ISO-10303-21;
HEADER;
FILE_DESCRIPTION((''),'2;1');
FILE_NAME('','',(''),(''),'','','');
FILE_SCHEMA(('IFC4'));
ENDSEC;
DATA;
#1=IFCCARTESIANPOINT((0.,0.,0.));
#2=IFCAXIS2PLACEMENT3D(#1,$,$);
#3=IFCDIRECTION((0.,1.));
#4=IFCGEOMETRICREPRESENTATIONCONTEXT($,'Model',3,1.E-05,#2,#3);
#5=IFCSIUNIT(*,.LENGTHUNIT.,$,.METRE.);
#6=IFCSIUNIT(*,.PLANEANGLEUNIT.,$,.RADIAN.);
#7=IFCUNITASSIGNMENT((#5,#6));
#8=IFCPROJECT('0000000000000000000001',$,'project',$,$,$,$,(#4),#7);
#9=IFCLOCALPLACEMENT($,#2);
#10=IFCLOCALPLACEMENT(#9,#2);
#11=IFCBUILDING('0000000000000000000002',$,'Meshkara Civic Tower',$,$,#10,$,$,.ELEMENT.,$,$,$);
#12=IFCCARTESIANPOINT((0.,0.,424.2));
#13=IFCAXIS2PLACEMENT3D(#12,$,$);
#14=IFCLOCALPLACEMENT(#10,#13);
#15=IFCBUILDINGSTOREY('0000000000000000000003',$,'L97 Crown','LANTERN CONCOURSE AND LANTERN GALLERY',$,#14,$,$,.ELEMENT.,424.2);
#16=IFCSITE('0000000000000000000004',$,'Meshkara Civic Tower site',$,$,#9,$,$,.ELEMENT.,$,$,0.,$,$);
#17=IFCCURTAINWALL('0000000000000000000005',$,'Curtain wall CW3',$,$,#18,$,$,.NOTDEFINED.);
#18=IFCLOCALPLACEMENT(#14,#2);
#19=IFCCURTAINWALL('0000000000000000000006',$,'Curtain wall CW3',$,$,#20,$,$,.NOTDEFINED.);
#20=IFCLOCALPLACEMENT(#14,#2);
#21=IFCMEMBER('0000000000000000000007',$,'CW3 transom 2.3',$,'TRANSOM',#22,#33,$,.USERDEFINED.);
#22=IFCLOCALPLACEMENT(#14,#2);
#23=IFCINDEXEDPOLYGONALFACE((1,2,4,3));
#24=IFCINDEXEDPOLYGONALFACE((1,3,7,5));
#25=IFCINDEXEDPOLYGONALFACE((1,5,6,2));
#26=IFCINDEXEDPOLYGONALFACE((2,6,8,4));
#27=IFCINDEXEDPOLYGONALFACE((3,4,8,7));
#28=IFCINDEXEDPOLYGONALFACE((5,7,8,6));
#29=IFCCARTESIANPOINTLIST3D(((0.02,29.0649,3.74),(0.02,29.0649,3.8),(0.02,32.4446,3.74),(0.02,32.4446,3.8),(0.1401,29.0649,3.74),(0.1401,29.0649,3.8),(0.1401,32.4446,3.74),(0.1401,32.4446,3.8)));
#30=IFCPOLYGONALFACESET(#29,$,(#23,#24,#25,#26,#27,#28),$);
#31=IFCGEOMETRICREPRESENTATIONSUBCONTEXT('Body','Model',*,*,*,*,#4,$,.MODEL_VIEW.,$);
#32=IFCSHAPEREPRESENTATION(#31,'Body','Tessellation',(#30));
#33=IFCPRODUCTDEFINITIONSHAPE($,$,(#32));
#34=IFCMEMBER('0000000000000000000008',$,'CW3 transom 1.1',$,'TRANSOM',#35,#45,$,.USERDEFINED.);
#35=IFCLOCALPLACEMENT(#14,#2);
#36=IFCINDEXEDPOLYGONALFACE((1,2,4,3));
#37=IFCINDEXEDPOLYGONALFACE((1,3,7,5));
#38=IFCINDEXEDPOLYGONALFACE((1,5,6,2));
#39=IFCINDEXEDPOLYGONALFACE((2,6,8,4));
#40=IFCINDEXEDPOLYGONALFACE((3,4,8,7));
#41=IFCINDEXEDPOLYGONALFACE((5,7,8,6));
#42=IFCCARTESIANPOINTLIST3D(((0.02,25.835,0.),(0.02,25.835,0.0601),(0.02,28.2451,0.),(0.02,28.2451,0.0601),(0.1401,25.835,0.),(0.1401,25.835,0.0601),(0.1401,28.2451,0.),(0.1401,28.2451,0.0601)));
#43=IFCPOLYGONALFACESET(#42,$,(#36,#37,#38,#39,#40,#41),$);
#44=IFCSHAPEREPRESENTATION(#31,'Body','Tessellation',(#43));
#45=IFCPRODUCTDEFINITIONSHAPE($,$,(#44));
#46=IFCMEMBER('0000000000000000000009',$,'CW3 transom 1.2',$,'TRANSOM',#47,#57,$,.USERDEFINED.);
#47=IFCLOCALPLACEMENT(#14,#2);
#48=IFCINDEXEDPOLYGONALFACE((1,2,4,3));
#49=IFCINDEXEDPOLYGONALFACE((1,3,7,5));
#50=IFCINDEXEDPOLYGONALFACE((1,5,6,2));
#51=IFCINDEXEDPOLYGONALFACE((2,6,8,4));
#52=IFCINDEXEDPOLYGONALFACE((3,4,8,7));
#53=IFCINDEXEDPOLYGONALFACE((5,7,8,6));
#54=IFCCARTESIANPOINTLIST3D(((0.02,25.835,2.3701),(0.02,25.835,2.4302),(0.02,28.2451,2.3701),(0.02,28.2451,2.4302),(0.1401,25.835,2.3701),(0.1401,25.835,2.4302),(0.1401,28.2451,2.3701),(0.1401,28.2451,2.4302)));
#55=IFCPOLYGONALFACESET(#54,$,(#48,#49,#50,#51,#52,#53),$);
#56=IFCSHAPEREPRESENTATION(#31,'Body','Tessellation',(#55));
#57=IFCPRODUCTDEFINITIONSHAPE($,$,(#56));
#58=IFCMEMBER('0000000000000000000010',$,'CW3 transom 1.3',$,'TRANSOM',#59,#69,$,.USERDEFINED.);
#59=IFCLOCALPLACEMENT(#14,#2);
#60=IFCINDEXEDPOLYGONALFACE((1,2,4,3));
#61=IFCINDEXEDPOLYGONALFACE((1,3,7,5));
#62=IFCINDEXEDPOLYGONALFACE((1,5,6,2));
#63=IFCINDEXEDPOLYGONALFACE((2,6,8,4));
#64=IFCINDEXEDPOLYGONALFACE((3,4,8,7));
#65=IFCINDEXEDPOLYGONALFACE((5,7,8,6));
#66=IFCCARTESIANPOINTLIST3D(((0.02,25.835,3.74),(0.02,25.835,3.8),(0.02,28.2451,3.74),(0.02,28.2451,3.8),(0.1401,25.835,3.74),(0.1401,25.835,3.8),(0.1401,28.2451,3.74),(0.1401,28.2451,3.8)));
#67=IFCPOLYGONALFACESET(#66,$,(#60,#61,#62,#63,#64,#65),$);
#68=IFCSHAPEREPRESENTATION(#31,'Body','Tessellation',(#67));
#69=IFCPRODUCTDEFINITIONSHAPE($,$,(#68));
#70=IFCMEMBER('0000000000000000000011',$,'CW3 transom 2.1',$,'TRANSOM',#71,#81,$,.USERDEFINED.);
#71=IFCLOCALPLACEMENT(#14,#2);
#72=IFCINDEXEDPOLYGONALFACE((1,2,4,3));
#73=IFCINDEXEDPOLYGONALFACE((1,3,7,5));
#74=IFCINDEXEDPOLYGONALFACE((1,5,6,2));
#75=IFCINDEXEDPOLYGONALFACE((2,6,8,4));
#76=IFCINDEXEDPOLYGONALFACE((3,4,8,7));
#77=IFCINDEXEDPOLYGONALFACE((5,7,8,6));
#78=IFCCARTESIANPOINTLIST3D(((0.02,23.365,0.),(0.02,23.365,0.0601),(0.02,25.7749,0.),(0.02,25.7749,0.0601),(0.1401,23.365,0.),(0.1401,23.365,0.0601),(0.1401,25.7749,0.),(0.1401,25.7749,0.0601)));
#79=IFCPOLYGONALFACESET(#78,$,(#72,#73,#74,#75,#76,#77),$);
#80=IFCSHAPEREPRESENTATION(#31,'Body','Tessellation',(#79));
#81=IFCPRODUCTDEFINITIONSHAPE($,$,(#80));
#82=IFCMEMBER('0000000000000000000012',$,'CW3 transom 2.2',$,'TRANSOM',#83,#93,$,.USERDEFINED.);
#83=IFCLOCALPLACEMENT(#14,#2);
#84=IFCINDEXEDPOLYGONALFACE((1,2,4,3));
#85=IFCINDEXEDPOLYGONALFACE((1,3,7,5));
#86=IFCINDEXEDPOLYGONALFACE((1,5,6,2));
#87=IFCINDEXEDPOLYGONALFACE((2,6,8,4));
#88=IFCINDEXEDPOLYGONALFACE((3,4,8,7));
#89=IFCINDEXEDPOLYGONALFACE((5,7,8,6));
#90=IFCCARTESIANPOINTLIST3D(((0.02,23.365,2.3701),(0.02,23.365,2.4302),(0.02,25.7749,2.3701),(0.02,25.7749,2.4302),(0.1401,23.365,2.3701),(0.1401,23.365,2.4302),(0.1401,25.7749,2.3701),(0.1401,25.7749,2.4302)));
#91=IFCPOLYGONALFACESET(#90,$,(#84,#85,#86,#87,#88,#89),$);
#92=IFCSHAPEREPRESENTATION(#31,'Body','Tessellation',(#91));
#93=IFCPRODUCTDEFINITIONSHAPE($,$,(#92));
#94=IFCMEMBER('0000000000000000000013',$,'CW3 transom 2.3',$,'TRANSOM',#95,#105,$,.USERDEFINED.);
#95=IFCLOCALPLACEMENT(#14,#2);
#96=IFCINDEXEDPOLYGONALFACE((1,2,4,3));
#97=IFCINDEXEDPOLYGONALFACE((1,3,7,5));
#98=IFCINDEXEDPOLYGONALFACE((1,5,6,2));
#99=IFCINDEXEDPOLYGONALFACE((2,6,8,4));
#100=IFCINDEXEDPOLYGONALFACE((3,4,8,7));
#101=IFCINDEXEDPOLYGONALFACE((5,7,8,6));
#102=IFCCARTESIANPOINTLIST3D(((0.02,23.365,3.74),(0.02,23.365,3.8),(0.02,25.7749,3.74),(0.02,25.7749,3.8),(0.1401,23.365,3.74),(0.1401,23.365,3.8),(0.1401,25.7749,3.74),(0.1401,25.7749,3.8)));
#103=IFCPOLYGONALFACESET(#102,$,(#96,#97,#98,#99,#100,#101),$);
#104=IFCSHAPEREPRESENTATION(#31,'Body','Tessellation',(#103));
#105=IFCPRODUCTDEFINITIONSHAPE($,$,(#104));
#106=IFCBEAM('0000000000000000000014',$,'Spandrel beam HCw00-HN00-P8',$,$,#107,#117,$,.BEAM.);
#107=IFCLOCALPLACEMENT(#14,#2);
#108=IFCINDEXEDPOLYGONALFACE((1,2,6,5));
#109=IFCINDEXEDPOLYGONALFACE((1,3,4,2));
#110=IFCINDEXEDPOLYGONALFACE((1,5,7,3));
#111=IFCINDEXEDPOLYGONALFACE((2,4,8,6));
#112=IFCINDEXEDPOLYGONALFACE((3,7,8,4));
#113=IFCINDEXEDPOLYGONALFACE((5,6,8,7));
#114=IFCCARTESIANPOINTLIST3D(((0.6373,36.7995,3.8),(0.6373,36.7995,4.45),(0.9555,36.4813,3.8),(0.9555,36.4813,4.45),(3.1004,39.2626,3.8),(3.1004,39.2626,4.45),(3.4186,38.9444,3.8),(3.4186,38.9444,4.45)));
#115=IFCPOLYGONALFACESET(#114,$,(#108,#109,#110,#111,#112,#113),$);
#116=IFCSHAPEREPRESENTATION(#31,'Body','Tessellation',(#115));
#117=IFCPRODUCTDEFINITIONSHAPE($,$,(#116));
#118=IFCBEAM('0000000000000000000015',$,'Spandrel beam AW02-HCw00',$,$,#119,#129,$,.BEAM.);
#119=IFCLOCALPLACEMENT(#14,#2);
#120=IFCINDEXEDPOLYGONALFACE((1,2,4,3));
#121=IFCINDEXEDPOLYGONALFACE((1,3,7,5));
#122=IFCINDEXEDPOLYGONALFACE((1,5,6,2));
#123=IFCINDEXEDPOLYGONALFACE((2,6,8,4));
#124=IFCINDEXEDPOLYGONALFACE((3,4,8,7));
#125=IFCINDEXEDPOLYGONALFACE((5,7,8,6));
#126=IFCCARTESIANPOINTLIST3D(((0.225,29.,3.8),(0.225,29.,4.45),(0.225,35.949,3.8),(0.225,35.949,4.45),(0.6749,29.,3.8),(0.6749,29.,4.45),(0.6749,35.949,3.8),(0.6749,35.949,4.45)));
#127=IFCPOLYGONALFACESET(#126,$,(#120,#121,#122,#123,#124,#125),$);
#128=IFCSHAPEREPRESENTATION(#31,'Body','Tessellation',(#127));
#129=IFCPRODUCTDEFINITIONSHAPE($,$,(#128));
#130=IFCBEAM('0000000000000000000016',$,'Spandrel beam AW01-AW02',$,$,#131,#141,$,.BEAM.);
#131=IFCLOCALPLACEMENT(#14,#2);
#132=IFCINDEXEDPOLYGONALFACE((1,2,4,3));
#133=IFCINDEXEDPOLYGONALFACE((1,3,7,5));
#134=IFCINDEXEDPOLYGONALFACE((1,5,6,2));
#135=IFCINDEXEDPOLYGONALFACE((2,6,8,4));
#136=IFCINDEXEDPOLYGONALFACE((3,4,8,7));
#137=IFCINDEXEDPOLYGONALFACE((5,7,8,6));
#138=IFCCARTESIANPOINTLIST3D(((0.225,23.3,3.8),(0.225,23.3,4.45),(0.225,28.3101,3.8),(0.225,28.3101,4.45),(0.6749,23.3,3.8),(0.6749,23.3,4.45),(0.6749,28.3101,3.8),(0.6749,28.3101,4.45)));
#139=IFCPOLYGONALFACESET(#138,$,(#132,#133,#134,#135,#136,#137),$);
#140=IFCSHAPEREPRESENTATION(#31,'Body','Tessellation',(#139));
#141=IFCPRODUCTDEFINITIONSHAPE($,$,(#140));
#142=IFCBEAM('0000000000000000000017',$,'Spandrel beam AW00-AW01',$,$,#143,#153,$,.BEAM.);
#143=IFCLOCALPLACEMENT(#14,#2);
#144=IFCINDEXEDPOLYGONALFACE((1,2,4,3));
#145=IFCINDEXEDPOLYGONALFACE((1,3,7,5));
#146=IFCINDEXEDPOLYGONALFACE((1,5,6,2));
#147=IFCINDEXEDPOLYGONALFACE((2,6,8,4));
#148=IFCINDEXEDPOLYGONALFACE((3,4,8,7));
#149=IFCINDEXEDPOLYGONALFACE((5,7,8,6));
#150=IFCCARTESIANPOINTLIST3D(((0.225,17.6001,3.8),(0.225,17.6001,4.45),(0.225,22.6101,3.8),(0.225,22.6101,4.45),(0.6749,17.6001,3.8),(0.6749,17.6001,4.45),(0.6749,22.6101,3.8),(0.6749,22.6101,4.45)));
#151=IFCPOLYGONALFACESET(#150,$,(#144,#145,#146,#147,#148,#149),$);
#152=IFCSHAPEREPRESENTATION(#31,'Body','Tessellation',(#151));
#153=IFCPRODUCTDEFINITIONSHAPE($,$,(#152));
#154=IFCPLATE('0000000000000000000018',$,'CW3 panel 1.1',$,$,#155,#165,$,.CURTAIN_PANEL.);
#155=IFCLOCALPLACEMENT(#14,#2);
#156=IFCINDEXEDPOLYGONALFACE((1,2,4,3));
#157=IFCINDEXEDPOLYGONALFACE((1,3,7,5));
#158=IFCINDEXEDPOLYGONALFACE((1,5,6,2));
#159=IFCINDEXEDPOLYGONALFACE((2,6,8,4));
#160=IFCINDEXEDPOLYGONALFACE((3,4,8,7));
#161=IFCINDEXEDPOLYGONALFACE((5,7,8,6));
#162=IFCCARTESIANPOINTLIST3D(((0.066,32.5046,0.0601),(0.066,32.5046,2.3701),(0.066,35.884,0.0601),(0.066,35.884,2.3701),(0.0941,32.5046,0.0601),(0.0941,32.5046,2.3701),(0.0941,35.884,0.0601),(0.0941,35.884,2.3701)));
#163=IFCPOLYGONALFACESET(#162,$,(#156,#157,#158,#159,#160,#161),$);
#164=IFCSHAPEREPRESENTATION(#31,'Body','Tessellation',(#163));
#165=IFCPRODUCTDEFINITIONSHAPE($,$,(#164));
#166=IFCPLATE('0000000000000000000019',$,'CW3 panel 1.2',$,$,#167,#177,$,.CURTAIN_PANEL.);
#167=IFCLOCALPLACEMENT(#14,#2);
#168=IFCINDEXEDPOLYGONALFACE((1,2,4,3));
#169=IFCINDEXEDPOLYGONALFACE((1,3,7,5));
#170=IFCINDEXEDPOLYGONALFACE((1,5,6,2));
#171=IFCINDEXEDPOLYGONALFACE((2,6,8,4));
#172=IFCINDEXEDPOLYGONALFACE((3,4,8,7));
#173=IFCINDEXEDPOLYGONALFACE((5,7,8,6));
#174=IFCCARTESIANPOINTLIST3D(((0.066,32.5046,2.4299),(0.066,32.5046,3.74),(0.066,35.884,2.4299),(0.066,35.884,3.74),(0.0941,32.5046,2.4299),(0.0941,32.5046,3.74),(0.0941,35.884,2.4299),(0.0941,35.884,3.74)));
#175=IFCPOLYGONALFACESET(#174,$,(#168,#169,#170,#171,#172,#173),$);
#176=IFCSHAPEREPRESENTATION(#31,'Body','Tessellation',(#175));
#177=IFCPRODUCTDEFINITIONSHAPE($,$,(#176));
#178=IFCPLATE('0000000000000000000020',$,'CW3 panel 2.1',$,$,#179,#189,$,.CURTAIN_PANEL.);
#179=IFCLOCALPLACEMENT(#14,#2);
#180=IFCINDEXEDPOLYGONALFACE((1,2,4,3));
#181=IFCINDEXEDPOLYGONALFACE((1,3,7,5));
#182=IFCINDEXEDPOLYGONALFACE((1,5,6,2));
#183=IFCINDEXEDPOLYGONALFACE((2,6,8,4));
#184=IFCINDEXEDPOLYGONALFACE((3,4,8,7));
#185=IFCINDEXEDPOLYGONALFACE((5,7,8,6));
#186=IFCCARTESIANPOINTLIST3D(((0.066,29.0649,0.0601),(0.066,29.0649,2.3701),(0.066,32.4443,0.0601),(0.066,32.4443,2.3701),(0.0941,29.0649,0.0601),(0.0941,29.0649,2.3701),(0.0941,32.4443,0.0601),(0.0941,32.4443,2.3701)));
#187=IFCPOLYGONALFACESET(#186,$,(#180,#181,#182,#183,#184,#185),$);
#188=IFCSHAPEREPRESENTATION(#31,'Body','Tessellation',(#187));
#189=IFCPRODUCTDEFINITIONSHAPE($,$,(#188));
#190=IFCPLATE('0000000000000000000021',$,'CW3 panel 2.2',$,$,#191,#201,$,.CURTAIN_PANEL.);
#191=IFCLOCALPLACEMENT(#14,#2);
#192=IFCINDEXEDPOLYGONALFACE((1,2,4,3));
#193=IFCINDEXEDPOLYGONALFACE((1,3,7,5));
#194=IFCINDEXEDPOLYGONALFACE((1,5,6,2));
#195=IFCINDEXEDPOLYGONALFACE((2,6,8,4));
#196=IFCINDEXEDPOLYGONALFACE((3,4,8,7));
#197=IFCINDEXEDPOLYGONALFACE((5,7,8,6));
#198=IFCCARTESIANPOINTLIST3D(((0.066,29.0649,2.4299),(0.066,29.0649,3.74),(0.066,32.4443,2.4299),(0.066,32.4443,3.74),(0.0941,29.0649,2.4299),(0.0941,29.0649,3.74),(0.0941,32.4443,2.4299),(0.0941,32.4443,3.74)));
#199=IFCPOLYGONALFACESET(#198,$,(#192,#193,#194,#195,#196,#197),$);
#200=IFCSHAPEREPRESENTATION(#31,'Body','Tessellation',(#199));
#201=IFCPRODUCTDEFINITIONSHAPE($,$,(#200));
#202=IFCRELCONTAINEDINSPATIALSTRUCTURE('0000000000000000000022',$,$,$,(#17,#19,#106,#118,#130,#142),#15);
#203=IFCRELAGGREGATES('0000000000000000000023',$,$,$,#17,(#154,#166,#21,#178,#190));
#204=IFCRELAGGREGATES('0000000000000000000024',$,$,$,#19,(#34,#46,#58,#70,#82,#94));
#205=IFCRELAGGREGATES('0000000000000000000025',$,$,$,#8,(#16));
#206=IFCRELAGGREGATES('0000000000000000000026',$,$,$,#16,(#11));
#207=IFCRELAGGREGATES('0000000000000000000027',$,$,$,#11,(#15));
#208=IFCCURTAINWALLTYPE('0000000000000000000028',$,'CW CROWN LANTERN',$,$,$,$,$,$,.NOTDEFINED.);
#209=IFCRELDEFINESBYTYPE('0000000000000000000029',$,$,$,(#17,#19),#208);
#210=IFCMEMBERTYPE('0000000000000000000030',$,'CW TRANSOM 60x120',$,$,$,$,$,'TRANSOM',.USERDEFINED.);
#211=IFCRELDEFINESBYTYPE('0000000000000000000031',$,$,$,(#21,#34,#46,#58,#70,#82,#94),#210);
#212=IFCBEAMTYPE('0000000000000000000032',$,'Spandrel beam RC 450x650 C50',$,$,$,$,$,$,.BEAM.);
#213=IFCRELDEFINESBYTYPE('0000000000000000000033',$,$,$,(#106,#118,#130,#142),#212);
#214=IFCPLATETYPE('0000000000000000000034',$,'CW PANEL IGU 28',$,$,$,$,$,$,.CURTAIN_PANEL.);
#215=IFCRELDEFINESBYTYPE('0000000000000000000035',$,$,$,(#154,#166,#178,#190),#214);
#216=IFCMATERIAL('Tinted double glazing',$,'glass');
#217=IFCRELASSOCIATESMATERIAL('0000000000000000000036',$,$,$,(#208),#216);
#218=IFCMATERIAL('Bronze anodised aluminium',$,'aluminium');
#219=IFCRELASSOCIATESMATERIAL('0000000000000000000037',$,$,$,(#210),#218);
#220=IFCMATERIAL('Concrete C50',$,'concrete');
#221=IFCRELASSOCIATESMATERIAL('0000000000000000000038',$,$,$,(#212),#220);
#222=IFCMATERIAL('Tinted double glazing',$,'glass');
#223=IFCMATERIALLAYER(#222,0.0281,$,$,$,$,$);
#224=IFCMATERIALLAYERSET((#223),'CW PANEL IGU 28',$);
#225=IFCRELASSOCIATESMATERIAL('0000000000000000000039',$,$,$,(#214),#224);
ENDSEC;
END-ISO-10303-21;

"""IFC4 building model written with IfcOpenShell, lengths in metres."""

from ifc_helpers import new_model, si_unit, direction, frame, origin, origin_2d, place, context, subcontext, project, spatial, rectangle, extrude, material, layer, layer_set, material_profile, profile_set, type_object, element, aggregate, save


model = new_model("IFC4")

# Units and contexts
model_context = context("Model", 3, precision=1e-05, world=origin(), true_north=direction((0.0, 1.0)))
body_context = subcontext(model_context, "Body", "Model", "MODEL_VIEW")
ifc_project = project(units=[si_unit("LENGTHUNIT", "METRE"), si_unit("PLANEANGLEUNIT", "RADIAN")], contexts=[model_context])

# Site, building, storey
site_placement = place(None, origin())
site = spatial("IfcSite", under=ifc_project, at=site_placement, Name="Meshkara Civic Tower site", CompositionType="ELEMENT", RefElevation=0.0)
building_placement = place(site_placement, origin())
building = spatial("IfcBuilding", under=site, at=building_placement, Name="Meshkara Civic Tower", CompositionType="ELEMENT")
storey_placement = place(building_placement, frame((0.0, 0.0, 424.2)))
storey = spatial("IfcBuildingStorey", under=building, at=storey_placement, Name="L97 Crown", Description="LANTERN CONCOURSE AND LANTERN GALLERY", CompositionType="ELEMENT", Elevation=424.2)

# Curtain walls
ifc_material_1 = material(Name="Tinted double glazing", Category="glass")
curtain_wall_type = type_object("IfcCurtainWallType", Name="CW CROWN LANTERN", PredefinedType="NOTDEFINED", material=ifc_material_1)
curtain_wall_1_placement = place(storey_placement, origin())
curtain_wall_1 = element("IfcCurtainWall", 1, at=curtain_wall_1_placement, inside=storey, type_object=curtain_wall_type, Name="Curtain wall CW3", PredefinedType="NOTDEFINED")
curtain_wall_2_placement = place(storey_placement, origin())
curtain_wall_2 = element("IfcCurtainWall", 2, at=curtain_wall_2_placement, inside=storey, type_object=curtain_wall_type, Name="Curtain wall CW3", PredefinedType="NOTDEFINED")

# Members
ifc_material_2 = material(Name="Bronze anodised aluminium", Category="aluminium")
ifc_material_profile_1 = material_profile(ifc_material_2, rectangle(XDim=0.1201, YDim=0.0601, at=origin_2d()))
ifc_profile_set_1 = profile_set([ifc_material_profile_1], Name="Bronze anodised aluminium")
member_type_1 = type_object("IfcMemberType", Name="CW TRANSOM 60x120", ElementType="TRANSOM", PredefinedType="USERDEFINED", material=ifc_profile_set_1)
member_1_placement = place(storey_placement, frame((0.0801, 32.4446, 3.77), z_axis=(0.0, -1.0, 0.0), x_axis=(1.0, 0.0, 0.0)))
member_1 = element("IfcMember", 3, at=member_1_placement, type_object=member_type_1, Name="CW3 transom 2.3", ObjectType="TRANSOM", PredefinedType="USERDEFINED", context=body_context, shape_type="SweptSolid", body=[
    extrude(rectangle(XDim=0.1201, YDim=0.0601, at=origin_2d()), origin(), (0.0, 0.0, 1.0), 3.3796),
])
member_2_placement = place(storey_placement, frame((0.0801, 28.2451, 0.03), z_axis=(0.0, -1.0, 0.0), x_axis=(1.0, 0.0, 0.0)))
member_2 = element("IfcMember", 4, at=member_2_placement, type_object=member_type_1, Name="CW3 transom 1.1", ObjectType="TRANSOM", PredefinedType="USERDEFINED", context=body_context, shape_type="SweptSolid", body=[
    extrude(rectangle(XDim=0.1201, YDim=0.0601, at=origin_2d()), origin(), (0.0, 0.0, 1.0), 2.4102),
])
member_3_placement = place(storey_placement, frame((0.0801, 28.2451, 2.4001), z_axis=(0.0, -1.0, 0.0), x_axis=(1.0, 0.0, 0.0)))
member_3 = element("IfcMember", 5, at=member_3_placement, type_object=member_type_1, Name="CW3 transom 1.2", ObjectType="TRANSOM", PredefinedType="USERDEFINED", context=body_context, shape_type="SweptSolid", body=[
    extrude(rectangle(XDim=0.1201, YDim=0.0601, at=origin_2d()), origin(), (0.0, 0.0, 1.0), 2.4102),
])
member_4_placement = place(storey_placement, frame((0.0801, 28.2451, 3.77), z_axis=(0.0, -1.0, 0.0), x_axis=(1.0, 0.0, 0.0)))
member_4 = element("IfcMember", 6, at=member_4_placement, type_object=member_type_1, Name="CW3 transom 1.3", ObjectType="TRANSOM", PredefinedType="USERDEFINED", context=body_context, shape_type="SweptSolid", body=[
    extrude(rectangle(XDim=0.1201, YDim=0.0601, at=origin_2d()), origin(), (0.0, 0.0, 1.0), 2.4102),
])
member_5_placement = place(storey_placement, frame((0.0801, 25.7749, 0.03), z_axis=(0.0, -1.0, 0.0), x_axis=(1.0, 0.0, 0.0)))
member_5 = element("IfcMember", 7, at=member_5_placement, type_object=member_type_1, Name="CW3 transom 2.1", ObjectType="TRANSOM", PredefinedType="USERDEFINED", context=body_context, shape_type="SweptSolid", body=[
    extrude(rectangle(XDim=0.1201, YDim=0.0601, at=origin_2d()), origin(), (0.0, 0.0, 1.0), 2.4099),
])
member_6_placement = place(storey_placement, frame((0.0801, 25.7749, 2.4001), z_axis=(0.0, -1.0, 0.0), x_axis=(1.0, 0.0, 0.0)))
member_6 = element("IfcMember", 8, at=member_6_placement, type_object=member_type_1, Name="CW3 transom 2.2", ObjectType="TRANSOM", PredefinedType="USERDEFINED", context=body_context, shape_type="SweptSolid", body=[
    extrude(rectangle(XDim=0.1201, YDim=0.0601, at=origin_2d()), origin(), (0.0, 0.0, 1.0), 2.4099),
])
member_7_placement = place(storey_placement, frame((0.0801, 25.7749, 3.77), z_axis=(0.0, -1.0, 0.0), x_axis=(1.0, 0.0, 0.0)))
member_7 = element("IfcMember", 9, at=member_7_placement, type_object=member_type_1, Name="CW3 transom 2.3", ObjectType="TRANSOM", PredefinedType="USERDEFINED", context=body_context, shape_type="SweptSolid", body=[
    extrude(rectangle(XDim=0.1201, YDim=0.0601, at=origin_2d()), origin(), (0.0, 0.0, 1.0), 2.4099),
])

# Beams
ifc_material_3 = material(Name="Concrete C50", Category="concrete")
ifc_material_profile_2 = material_profile(ifc_material_3, rectangle(XDim=0.45, YDim=0.6499, at=origin_2d()))
ifc_profile_set_2 = profile_set([ifc_material_profile_2], Name="Concrete C50")
beam_type = type_object("IfcBeamType", Name="Spandrel beam RC 450x650 C50", PredefinedType="BEAM", material=ifc_profile_set_2)
beam_1_placement = place(storey_placement, frame((3.2595, 39.1035, 4.125), z_axis=(-0.707107, -0.707107, 0.0), x_axis=(0.707107, -0.707107, 0.0)))
element("IfcBeam", 10, at=beam_1_placement, inside=storey, type_object=beam_type, Name="Spandrel beam HCw00-HN00-P8", PredefinedType="BEAM", context=body_context, shape_type="SweptSolid", body=[
    extrude(rectangle(XDim=0.45, YDim=0.6499, at=origin_2d()), origin(), (0.0, 0.0, 1.0), 3.4834),
])
beam_2_placement = place(storey_placement, frame((0.45, 35.949, 4.125), z_axis=(0.0, -1.0, 0.0), x_axis=(1.0, 0.0, 0.0)))
element("IfcBeam", 11, at=beam_2_placement, inside=storey, type_object=beam_type, Name="Spandrel beam AW02-HCw00", PredefinedType="BEAM", context=body_context, shape_type="SweptSolid", body=[
    extrude(rectangle(XDim=0.45, YDim=0.6499, at=origin_2d()), origin(), (0.0, 0.0, 1.0), 6.949),
])
for number, where, z_axis, x_axis, name in (
    (12, (0.45, 28.3101, 4.125), (0.0, -1.0, 0.0), (1.0, 0.0, 0.0), "Spandrel beam AW01-AW02"),
    (13, (0.45, 22.6101, 4.125), (0.0, -1.0, 0.0), (1.0, 0.0, 0.0), "Spandrel beam AW00-AW01"),
):
    element("IfcBeam", number, at=place(storey_placement, frame(where, z_axis=z_axis, x_axis=x_axis)), inside=storey, type_object=beam_type, Name=name, PredefinedType="BEAM", context=body_context, shape_type="SweptSolid", body=[
        extrude(rectangle(XDim=0.45, YDim=0.6499, at=origin_2d()), origin(), (0.0, 0.0, 1.0), 5.01),
    ])

# Plates
ifc_material_4 = material(Name="Tinted double glazing", Category="glass")
ifc_layer_1 = layer(ifc_material_4, 0.0281)
ifc_layer_set_1 = layer_set([ifc_layer_1], Name="CW PANEL IGU 28")
plate_type = type_object("IfcPlateType", Name="CW PANEL IGU 28", PredefinedType="CURTAIN_PANEL", material=ifc_layer_set_1)
plate_1_placement = place(storey_placement, frame((0.0801, 34.1943, 0.0601), z_axis=(0.0, 0.0, 1.0), x_axis=(0.0, -1.0, 0.0)))
plate_1 = element("IfcPlate", 14, at=plate_1_placement, type_object=plate_type, Name="CW3 panel 1.1", PredefinedType="CURTAIN_PANEL", context=body_context, shape_type="SweptSolid", body=[
    extrude(rectangle(XDim=3.3794, YDim=0.0281, at=origin_2d()), origin(), (0.0, 0.0, 1.0), 2.3101),
])
plate_2_placement = place(storey_placement, frame((0.0801, 34.1943, 2.4299), z_axis=(0.0, 0.0, 1.0), x_axis=(0.0, -1.0, 0.0)))
plate_2 = element("IfcPlate", 15, at=plate_2_placement, type_object=plate_type, Name="CW3 panel 1.2", PredefinedType="CURTAIN_PANEL", context=body_context, shape_type="SweptSolid", body=[
    extrude(rectangle(XDim=3.3794, YDim=0.0281, at=origin_2d()), origin(), (0.0, 0.0, 1.0), 1.3101),
])
plate_3_placement = place(storey_placement, frame((0.0801, 30.7546, 0.0601), z_axis=(0.0, 0.0, 1.0), x_axis=(0.0, -1.0, 0.0)))
plate_3 = element("IfcPlate", 16, at=plate_3_placement, type_object=plate_type, Name="CW3 panel 2.1", PredefinedType="CURTAIN_PANEL", context=body_context, shape_type="SweptSolid", body=[
    extrude(rectangle(XDim=3.3794, YDim=0.0281, at=origin_2d()), origin(), (0.0, 0.0, 1.0), 2.3101),
])
plate_4_placement = place(storey_placement, frame((0.0801, 30.7546, 2.4299), z_axis=(0.0, 0.0, 1.0), x_axis=(0.0, -1.0, 0.0)))
plate_4 = element("IfcPlate", 17, at=plate_4_placement, type_object=plate_type, Name="CW3 panel 2.2", PredefinedType="CURTAIN_PANEL", context=body_context, shape_type="SweptSolid", body=[
    extrude(rectangle(XDim=3.3794, YDim=0.0281, at=origin_2d()), origin(), (0.0, 0.0, 1.0), 1.3101),
])
aggregate(curtain_wall_1, [plate_1, plate_2, member_1, plate_3, plate_4])
aggregate(curtain_wall_2, [member_2, member_3, member_4, member_5, member_6, member_7])

save(model, "model.ifc")
